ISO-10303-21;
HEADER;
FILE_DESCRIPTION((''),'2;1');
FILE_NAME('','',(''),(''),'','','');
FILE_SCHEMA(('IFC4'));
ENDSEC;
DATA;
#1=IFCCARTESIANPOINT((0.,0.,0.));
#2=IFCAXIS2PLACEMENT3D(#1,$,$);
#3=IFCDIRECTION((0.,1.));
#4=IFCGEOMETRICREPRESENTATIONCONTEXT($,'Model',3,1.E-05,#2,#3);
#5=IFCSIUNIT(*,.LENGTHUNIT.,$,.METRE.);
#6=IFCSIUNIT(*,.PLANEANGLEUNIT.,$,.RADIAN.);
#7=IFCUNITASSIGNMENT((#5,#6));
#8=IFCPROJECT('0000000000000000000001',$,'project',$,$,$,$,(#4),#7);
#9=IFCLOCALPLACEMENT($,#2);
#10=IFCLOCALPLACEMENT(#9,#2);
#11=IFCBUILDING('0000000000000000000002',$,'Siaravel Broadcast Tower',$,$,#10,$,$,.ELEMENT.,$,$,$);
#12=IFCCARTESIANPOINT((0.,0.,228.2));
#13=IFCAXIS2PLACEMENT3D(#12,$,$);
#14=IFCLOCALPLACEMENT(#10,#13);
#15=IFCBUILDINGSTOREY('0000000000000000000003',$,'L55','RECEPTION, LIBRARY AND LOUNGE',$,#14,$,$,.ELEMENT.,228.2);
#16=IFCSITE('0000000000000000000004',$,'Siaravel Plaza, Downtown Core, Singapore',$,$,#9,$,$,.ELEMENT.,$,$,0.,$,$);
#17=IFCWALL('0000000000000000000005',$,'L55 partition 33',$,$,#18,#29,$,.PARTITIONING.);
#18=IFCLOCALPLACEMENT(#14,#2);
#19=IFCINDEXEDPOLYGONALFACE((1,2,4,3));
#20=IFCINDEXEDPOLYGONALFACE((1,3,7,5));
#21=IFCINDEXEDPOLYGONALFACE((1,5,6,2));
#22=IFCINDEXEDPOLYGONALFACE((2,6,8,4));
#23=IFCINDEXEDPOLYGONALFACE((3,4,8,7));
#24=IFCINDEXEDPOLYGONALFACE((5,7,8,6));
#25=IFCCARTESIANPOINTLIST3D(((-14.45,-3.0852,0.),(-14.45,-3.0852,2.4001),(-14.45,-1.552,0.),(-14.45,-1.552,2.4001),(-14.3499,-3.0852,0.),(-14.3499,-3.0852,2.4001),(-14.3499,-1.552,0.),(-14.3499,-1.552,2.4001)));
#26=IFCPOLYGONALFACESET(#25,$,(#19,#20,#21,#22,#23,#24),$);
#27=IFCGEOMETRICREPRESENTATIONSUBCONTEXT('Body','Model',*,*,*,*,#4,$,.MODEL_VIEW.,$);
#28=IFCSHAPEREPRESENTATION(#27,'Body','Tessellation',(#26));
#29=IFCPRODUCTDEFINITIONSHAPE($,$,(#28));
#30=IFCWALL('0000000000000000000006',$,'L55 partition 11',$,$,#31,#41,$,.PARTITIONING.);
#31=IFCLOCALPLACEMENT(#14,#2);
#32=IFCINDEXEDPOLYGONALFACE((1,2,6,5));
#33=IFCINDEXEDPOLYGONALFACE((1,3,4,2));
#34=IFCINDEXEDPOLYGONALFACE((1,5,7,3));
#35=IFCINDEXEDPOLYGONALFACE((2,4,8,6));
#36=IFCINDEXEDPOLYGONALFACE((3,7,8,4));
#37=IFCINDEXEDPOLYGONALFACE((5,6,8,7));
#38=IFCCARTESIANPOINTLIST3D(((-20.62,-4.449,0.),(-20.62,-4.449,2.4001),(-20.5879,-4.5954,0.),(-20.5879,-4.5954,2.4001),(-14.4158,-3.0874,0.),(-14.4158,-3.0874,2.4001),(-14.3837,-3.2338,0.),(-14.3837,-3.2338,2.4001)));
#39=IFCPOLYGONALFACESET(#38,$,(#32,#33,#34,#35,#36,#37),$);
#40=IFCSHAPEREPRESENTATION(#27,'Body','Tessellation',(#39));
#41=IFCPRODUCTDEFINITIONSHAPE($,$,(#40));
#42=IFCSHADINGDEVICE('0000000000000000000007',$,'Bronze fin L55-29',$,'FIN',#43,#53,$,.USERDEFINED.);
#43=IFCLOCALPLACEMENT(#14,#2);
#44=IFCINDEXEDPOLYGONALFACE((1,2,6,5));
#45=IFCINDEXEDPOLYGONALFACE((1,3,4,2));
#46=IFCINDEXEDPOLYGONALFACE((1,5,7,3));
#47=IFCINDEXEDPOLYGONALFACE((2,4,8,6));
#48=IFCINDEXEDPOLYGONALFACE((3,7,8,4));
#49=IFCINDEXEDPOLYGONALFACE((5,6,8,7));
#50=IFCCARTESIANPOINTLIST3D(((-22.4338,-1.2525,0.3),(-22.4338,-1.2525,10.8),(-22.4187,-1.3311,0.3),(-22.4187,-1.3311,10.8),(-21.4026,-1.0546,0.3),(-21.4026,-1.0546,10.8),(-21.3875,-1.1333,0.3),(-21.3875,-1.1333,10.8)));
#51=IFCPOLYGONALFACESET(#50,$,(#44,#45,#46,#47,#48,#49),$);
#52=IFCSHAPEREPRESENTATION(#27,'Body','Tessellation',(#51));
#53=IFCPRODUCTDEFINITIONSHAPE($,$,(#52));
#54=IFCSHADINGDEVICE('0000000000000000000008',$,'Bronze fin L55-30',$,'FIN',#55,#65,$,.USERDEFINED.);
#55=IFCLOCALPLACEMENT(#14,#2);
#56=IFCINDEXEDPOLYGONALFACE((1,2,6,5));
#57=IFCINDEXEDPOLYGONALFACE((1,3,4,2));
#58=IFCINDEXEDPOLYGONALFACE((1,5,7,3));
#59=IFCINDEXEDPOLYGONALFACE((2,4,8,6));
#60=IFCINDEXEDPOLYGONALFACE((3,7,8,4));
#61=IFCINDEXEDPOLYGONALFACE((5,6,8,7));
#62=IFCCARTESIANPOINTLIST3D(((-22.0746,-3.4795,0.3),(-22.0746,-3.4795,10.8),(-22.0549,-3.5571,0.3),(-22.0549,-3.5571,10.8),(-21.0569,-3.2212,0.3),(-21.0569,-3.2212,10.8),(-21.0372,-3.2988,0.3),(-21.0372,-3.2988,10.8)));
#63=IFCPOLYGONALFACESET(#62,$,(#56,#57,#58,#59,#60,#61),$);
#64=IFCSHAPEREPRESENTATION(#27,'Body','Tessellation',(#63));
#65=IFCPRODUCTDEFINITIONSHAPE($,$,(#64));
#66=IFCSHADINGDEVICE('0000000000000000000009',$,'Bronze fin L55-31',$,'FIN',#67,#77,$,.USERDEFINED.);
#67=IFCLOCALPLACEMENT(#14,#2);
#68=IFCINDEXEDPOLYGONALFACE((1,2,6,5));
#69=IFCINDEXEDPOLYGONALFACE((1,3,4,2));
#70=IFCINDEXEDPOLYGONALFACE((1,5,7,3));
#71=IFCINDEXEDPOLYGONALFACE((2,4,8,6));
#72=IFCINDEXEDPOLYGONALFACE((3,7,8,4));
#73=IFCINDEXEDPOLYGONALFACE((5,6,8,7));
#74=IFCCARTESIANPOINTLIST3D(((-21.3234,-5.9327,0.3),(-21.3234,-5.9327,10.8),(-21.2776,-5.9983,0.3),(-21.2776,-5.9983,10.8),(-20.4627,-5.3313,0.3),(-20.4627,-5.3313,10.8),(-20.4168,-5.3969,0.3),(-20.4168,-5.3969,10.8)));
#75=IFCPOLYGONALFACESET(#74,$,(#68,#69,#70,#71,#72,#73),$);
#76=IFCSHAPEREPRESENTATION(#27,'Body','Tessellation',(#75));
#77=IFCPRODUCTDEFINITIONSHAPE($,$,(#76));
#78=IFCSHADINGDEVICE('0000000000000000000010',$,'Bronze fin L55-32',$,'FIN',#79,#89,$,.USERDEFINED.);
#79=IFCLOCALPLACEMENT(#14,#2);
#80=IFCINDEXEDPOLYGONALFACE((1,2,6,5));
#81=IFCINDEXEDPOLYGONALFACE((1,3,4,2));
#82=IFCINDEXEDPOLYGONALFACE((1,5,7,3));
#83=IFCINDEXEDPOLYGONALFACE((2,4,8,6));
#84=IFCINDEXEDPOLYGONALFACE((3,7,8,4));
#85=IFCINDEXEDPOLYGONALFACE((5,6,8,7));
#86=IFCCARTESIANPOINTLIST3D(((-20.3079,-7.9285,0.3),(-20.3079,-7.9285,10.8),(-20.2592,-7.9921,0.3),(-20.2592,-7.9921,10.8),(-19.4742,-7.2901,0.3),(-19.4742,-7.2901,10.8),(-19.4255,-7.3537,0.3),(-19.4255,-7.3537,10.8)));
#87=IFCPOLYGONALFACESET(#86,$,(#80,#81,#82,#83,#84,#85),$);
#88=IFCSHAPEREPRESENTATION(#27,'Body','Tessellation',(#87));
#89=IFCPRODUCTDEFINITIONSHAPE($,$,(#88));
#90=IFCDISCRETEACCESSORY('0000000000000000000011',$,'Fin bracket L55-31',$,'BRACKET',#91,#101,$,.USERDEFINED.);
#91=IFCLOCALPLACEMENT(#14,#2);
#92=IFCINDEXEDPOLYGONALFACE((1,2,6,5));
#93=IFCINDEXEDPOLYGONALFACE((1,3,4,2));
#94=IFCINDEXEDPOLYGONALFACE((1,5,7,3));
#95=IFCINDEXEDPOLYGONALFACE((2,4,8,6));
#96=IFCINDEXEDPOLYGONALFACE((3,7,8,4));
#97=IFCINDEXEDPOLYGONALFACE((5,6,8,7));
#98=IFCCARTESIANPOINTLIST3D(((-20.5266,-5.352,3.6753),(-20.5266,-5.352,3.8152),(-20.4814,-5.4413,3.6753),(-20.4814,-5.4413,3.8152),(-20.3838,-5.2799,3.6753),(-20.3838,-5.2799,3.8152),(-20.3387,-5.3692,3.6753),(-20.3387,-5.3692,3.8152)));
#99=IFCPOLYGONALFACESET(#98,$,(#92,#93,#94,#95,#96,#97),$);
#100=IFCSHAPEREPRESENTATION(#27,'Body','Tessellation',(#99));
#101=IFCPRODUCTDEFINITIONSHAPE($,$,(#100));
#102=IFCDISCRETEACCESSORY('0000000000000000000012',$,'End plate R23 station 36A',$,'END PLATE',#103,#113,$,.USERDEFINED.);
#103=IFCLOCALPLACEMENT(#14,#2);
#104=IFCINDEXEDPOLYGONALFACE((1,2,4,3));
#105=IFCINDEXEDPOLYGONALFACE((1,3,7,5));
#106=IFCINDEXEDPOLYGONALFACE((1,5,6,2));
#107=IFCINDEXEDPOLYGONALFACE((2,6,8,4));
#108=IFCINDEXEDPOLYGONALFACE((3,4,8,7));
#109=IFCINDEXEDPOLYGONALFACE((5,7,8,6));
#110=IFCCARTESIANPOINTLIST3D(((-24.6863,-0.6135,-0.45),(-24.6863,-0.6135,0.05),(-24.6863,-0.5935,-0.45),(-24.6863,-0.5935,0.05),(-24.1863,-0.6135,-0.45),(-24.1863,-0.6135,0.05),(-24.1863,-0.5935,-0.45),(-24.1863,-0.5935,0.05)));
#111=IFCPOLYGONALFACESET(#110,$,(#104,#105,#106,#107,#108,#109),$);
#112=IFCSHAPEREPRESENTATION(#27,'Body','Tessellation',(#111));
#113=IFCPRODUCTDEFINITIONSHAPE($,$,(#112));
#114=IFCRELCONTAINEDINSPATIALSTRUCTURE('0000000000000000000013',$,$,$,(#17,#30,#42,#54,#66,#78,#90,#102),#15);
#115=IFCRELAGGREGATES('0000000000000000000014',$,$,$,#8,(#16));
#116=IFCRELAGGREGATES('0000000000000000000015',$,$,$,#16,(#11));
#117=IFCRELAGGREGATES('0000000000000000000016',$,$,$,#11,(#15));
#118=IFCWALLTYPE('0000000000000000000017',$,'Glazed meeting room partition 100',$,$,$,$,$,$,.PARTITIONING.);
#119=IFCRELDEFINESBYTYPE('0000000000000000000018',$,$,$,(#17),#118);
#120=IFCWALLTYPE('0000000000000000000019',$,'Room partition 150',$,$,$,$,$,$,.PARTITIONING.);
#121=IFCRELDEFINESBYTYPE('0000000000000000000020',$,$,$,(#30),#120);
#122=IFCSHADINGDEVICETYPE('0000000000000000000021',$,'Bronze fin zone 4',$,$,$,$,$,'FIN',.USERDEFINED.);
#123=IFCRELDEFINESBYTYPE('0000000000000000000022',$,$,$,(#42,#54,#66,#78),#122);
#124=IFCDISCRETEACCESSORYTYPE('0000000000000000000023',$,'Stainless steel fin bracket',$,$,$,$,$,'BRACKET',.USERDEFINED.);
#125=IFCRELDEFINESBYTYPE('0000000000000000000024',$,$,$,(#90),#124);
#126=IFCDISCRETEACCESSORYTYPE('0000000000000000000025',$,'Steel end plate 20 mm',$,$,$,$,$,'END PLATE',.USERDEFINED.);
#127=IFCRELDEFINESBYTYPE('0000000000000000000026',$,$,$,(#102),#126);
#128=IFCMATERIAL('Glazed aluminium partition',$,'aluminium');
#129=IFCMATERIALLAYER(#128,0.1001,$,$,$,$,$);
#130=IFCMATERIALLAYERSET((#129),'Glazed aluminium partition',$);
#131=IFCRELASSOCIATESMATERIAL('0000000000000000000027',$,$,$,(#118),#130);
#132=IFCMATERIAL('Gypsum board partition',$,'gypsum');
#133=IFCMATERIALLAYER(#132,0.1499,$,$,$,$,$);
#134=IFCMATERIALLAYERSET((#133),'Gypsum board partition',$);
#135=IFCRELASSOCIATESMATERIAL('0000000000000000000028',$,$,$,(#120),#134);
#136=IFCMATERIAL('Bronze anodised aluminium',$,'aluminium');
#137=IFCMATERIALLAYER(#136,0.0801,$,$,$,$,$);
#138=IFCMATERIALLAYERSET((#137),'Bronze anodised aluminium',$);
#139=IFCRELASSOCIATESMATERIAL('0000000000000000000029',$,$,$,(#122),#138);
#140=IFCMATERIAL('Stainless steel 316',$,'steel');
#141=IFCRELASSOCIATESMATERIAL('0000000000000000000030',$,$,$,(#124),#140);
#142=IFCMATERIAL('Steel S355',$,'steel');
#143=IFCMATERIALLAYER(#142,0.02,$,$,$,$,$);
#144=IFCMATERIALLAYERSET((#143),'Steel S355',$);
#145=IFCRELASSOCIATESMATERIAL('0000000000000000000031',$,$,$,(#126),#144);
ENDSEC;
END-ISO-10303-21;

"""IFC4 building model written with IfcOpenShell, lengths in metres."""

from ifc_helpers import new_model, si_unit, direction, frame, frame_2d, origin, origin_2d, place, context, subcontext, project, spatial, rectangle, extrude, material, layer, layer_set, type_object, element, save


model = new_model("IFC4")

# Units and contexts
model_context = context("Model", 3, precision=1e-05, world=origin(), true_north=direction((0.0, 1.0)))
body_context = subcontext(model_context, "Body", "Model", "MODEL_VIEW")
ifc_project = project(units=[si_unit("LENGTHUNIT", "METRE"), si_unit("PLANEANGLEUNIT", "RADIAN")], contexts=[model_context])

# Site, building, storey
site_placement = place(None, origin())
site = spatial("IfcSite", under=ifc_project, at=site_placement, Name="Siaravel Plaza, Downtown Core, Singapore", CompositionType="ELEMENT", RefElevation=0.0)
building_placement = place(site_placement, origin())
building = spatial("IfcBuilding", under=site, at=building_placement, Name="Siaravel Broadcast Tower", CompositionType="ELEMENT")
storey_placement = place(building_placement, frame((0.0, 0.0, 228.2)))
storey = spatial("IfcBuildingStorey", under=building, at=storey_placement, Name="L55", Description="RECEPTION, LIBRARY AND LOUNGE", CompositionType="ELEMENT", Elevation=228.2)

# Shared definitions
ifc_material_1 = material(Name="Steel S355", Category="steel")

# Shared definitions
ifc_material_2 = material(Name="Gypsum board partition", Category="gypsum")

# Shared definitions
ifc_material_3 = material(Name="Glazed aluminium partition", Category="aluminium")
ifc_layer_1 = layer(ifc_material_3, 0.1001)
ifc_layer_set_1 = layer_set([ifc_layer_1], Name="Glazed aluminium partition")
wall_type_1 = type_object("IfcWallType", Name="Glazed meeting room partition 100", PredefinedType="PARTITIONING", material=ifc_layer_set_1)

# Walls
wall_1_placement = place(storey_placement, frame((-14.3999, -1.552, 0.0), z_axis=(0.0, 0.0, 1.0), x_axis=(0.0, -1.0, 0.0)))
element("IfcWall", 1, at=wall_1_placement, inside=storey, type_object=wall_type_1, Name="L55 partition 33", PredefinedType="PARTITIONING", context=body_context, shape_type="SweptSolid", body=[
    extrude(rectangle(XDim=1.5332, YDim=0.1001, at=frame_2d((0.7666, 0.0))), origin(), (0.0, 0.0, 1.0), 2.4001),
])
ifc_layer_2 = layer(ifc_material_2, 0.1499)
ifc_layer_set_2 = layer_set([ifc_layer_2], Name="Gypsum board partition")
wall_type_2 = type_object("IfcWallType", Name="Room partition 150", PredefinedType="PARTITIONING", material=ifc_layer_set_2)
wall_2_placement = place(storey_placement, frame((-14.3999, -3.1606, 0.0), z_axis=(0.0, 0.0, 1.0), x_axis=(-0.976754, -0.214362, 0.0)))
element("IfcWall", 2, at=wall_2_placement, inside=storey, type_object=wall_type_2, Name="L55 partition 11", PredefinedType="PARTITIONING", context=body_context, shape_type="SweptSolid", body=[
    extrude(rectangle(XDim=6.3518, YDim=0.1499, at=frame_2d((3.1758, 0.0))), origin(), (0.0, 0.0, 1.0), 2.4001),
])

# Shading devices
ifc_material_4 = material(Name="Bronze anodised aluminium", Category="aluminium")
ifc_layer_3 = layer(ifc_material_4, 0.0801)
ifc_layer_set_3 = layer_set([ifc_layer_3], Name="Bronze anodised aluminium")
shading_device_type = type_object("IfcShadingDeviceType", Name="Bronze fin zone 4", ElementType="FIN", PredefinedType="USERDEFINED", material=ifc_layer_set_3)
for number, where, z_axis, x_axis, name in (
    (3, (-21.9106, -1.1929, 0.3), (0.0, 0.0, 1.0), (-0.982091, -0.188406, 0.0), "Bronze fin L55-29"),
    (4, (-21.5559, -3.3892, 0.3), (0.0, 0.0, 1.0), (-0.969265, -0.246018, 0.0), "Bronze fin L55-30"),
    (5, (-20.8701, -5.6648, 0.3), (0.0, 0.0, 1.0), (-0.819731, -0.572748, 0.0), "Bronze fin L55-31"),
    (6, (-19.8667, -7.6411, 0.3), (0.0, 0.0, 1.0), (-0.793974, -0.607951, 0.0), "Bronze fin L55-32"),
):
    element("IfcShadingDevice", number, at=place(storey_placement, frame(where, z_axis=z_axis, x_axis=x_axis)), inside=storey, type_object=shading_device_type, Name=name, ObjectType="FIN", PredefinedType="USERDEFINED", context=body_context, shape_type="SweptSolid", body=[
        extrude(rectangle(XDim=1.05, YDim=0.0801, at=origin_2d()), origin(), (0.0, 0.0, 1.0), 10.5),
    ])

# Discrete accessories
ifc_material_5 = material(Name="Stainless steel 316", Category="steel")
discrete_accessory_type_1 = type_object("IfcDiscreteAccessoryType", Name="Stainless steel fin bracket", ElementType="BRACKET", PredefinedType="USERDEFINED", material=ifc_material_5)
discrete_accessory_1_placement = place(storey_placement, frame((-20.4326, -5.3606, 3.6753), z_axis=(0.0, 0.0, 1.0), x_axis=(-0.892393, -0.451259, 0.0)))
element("IfcDiscreteAccessory", 7, at=discrete_accessory_1_placement, inside=storey, type_object=discrete_accessory_type_1, Name="Fin bracket L55-31", ObjectType="BRACKET", PredefinedType="USERDEFINED", context=body_context, shape_type="SweptSolid", body=[
    extrude(rectangle(XDim=0.1599, YDim=0.1001, at=origin_2d()), origin(), (0.0, 0.0, 1.0), 0.1399),
])
ifc_layer_4 = layer(ifc_material_1, 0.02)
ifc_layer_set_4 = layer_set([ifc_layer_4], Name="Steel S355")
discrete_accessory_type_2 = type_object("IfcDiscreteAccessoryType", Name="Steel end plate 20 mm", ElementType="END PLATE", PredefinedType="USERDEFINED", material=ifc_layer_set_4)
discrete_accessory_2_placement = place(storey_placement, frame((-24.4363, -0.6035, -0.45), z_axis=(0.0, 0.0, 1.0), x_axis=(0.0, -1.0, 0.0)))
element("IfcDiscreteAccessory", 8, at=discrete_accessory_2_placement, inside=storey, type_object=discrete_accessory_type_2, Name="End plate R23 station 36A", ObjectType="END PLATE", PredefinedType="USERDEFINED", context=body_context, shape_type="SweptSolid", body=[
    extrude(rectangle(XDim=0.02, YDim=0.5, at=origin_2d()), origin(), (0.0, 0.0, 1.0), 0.5),
])

save(model, "model.ifc")
